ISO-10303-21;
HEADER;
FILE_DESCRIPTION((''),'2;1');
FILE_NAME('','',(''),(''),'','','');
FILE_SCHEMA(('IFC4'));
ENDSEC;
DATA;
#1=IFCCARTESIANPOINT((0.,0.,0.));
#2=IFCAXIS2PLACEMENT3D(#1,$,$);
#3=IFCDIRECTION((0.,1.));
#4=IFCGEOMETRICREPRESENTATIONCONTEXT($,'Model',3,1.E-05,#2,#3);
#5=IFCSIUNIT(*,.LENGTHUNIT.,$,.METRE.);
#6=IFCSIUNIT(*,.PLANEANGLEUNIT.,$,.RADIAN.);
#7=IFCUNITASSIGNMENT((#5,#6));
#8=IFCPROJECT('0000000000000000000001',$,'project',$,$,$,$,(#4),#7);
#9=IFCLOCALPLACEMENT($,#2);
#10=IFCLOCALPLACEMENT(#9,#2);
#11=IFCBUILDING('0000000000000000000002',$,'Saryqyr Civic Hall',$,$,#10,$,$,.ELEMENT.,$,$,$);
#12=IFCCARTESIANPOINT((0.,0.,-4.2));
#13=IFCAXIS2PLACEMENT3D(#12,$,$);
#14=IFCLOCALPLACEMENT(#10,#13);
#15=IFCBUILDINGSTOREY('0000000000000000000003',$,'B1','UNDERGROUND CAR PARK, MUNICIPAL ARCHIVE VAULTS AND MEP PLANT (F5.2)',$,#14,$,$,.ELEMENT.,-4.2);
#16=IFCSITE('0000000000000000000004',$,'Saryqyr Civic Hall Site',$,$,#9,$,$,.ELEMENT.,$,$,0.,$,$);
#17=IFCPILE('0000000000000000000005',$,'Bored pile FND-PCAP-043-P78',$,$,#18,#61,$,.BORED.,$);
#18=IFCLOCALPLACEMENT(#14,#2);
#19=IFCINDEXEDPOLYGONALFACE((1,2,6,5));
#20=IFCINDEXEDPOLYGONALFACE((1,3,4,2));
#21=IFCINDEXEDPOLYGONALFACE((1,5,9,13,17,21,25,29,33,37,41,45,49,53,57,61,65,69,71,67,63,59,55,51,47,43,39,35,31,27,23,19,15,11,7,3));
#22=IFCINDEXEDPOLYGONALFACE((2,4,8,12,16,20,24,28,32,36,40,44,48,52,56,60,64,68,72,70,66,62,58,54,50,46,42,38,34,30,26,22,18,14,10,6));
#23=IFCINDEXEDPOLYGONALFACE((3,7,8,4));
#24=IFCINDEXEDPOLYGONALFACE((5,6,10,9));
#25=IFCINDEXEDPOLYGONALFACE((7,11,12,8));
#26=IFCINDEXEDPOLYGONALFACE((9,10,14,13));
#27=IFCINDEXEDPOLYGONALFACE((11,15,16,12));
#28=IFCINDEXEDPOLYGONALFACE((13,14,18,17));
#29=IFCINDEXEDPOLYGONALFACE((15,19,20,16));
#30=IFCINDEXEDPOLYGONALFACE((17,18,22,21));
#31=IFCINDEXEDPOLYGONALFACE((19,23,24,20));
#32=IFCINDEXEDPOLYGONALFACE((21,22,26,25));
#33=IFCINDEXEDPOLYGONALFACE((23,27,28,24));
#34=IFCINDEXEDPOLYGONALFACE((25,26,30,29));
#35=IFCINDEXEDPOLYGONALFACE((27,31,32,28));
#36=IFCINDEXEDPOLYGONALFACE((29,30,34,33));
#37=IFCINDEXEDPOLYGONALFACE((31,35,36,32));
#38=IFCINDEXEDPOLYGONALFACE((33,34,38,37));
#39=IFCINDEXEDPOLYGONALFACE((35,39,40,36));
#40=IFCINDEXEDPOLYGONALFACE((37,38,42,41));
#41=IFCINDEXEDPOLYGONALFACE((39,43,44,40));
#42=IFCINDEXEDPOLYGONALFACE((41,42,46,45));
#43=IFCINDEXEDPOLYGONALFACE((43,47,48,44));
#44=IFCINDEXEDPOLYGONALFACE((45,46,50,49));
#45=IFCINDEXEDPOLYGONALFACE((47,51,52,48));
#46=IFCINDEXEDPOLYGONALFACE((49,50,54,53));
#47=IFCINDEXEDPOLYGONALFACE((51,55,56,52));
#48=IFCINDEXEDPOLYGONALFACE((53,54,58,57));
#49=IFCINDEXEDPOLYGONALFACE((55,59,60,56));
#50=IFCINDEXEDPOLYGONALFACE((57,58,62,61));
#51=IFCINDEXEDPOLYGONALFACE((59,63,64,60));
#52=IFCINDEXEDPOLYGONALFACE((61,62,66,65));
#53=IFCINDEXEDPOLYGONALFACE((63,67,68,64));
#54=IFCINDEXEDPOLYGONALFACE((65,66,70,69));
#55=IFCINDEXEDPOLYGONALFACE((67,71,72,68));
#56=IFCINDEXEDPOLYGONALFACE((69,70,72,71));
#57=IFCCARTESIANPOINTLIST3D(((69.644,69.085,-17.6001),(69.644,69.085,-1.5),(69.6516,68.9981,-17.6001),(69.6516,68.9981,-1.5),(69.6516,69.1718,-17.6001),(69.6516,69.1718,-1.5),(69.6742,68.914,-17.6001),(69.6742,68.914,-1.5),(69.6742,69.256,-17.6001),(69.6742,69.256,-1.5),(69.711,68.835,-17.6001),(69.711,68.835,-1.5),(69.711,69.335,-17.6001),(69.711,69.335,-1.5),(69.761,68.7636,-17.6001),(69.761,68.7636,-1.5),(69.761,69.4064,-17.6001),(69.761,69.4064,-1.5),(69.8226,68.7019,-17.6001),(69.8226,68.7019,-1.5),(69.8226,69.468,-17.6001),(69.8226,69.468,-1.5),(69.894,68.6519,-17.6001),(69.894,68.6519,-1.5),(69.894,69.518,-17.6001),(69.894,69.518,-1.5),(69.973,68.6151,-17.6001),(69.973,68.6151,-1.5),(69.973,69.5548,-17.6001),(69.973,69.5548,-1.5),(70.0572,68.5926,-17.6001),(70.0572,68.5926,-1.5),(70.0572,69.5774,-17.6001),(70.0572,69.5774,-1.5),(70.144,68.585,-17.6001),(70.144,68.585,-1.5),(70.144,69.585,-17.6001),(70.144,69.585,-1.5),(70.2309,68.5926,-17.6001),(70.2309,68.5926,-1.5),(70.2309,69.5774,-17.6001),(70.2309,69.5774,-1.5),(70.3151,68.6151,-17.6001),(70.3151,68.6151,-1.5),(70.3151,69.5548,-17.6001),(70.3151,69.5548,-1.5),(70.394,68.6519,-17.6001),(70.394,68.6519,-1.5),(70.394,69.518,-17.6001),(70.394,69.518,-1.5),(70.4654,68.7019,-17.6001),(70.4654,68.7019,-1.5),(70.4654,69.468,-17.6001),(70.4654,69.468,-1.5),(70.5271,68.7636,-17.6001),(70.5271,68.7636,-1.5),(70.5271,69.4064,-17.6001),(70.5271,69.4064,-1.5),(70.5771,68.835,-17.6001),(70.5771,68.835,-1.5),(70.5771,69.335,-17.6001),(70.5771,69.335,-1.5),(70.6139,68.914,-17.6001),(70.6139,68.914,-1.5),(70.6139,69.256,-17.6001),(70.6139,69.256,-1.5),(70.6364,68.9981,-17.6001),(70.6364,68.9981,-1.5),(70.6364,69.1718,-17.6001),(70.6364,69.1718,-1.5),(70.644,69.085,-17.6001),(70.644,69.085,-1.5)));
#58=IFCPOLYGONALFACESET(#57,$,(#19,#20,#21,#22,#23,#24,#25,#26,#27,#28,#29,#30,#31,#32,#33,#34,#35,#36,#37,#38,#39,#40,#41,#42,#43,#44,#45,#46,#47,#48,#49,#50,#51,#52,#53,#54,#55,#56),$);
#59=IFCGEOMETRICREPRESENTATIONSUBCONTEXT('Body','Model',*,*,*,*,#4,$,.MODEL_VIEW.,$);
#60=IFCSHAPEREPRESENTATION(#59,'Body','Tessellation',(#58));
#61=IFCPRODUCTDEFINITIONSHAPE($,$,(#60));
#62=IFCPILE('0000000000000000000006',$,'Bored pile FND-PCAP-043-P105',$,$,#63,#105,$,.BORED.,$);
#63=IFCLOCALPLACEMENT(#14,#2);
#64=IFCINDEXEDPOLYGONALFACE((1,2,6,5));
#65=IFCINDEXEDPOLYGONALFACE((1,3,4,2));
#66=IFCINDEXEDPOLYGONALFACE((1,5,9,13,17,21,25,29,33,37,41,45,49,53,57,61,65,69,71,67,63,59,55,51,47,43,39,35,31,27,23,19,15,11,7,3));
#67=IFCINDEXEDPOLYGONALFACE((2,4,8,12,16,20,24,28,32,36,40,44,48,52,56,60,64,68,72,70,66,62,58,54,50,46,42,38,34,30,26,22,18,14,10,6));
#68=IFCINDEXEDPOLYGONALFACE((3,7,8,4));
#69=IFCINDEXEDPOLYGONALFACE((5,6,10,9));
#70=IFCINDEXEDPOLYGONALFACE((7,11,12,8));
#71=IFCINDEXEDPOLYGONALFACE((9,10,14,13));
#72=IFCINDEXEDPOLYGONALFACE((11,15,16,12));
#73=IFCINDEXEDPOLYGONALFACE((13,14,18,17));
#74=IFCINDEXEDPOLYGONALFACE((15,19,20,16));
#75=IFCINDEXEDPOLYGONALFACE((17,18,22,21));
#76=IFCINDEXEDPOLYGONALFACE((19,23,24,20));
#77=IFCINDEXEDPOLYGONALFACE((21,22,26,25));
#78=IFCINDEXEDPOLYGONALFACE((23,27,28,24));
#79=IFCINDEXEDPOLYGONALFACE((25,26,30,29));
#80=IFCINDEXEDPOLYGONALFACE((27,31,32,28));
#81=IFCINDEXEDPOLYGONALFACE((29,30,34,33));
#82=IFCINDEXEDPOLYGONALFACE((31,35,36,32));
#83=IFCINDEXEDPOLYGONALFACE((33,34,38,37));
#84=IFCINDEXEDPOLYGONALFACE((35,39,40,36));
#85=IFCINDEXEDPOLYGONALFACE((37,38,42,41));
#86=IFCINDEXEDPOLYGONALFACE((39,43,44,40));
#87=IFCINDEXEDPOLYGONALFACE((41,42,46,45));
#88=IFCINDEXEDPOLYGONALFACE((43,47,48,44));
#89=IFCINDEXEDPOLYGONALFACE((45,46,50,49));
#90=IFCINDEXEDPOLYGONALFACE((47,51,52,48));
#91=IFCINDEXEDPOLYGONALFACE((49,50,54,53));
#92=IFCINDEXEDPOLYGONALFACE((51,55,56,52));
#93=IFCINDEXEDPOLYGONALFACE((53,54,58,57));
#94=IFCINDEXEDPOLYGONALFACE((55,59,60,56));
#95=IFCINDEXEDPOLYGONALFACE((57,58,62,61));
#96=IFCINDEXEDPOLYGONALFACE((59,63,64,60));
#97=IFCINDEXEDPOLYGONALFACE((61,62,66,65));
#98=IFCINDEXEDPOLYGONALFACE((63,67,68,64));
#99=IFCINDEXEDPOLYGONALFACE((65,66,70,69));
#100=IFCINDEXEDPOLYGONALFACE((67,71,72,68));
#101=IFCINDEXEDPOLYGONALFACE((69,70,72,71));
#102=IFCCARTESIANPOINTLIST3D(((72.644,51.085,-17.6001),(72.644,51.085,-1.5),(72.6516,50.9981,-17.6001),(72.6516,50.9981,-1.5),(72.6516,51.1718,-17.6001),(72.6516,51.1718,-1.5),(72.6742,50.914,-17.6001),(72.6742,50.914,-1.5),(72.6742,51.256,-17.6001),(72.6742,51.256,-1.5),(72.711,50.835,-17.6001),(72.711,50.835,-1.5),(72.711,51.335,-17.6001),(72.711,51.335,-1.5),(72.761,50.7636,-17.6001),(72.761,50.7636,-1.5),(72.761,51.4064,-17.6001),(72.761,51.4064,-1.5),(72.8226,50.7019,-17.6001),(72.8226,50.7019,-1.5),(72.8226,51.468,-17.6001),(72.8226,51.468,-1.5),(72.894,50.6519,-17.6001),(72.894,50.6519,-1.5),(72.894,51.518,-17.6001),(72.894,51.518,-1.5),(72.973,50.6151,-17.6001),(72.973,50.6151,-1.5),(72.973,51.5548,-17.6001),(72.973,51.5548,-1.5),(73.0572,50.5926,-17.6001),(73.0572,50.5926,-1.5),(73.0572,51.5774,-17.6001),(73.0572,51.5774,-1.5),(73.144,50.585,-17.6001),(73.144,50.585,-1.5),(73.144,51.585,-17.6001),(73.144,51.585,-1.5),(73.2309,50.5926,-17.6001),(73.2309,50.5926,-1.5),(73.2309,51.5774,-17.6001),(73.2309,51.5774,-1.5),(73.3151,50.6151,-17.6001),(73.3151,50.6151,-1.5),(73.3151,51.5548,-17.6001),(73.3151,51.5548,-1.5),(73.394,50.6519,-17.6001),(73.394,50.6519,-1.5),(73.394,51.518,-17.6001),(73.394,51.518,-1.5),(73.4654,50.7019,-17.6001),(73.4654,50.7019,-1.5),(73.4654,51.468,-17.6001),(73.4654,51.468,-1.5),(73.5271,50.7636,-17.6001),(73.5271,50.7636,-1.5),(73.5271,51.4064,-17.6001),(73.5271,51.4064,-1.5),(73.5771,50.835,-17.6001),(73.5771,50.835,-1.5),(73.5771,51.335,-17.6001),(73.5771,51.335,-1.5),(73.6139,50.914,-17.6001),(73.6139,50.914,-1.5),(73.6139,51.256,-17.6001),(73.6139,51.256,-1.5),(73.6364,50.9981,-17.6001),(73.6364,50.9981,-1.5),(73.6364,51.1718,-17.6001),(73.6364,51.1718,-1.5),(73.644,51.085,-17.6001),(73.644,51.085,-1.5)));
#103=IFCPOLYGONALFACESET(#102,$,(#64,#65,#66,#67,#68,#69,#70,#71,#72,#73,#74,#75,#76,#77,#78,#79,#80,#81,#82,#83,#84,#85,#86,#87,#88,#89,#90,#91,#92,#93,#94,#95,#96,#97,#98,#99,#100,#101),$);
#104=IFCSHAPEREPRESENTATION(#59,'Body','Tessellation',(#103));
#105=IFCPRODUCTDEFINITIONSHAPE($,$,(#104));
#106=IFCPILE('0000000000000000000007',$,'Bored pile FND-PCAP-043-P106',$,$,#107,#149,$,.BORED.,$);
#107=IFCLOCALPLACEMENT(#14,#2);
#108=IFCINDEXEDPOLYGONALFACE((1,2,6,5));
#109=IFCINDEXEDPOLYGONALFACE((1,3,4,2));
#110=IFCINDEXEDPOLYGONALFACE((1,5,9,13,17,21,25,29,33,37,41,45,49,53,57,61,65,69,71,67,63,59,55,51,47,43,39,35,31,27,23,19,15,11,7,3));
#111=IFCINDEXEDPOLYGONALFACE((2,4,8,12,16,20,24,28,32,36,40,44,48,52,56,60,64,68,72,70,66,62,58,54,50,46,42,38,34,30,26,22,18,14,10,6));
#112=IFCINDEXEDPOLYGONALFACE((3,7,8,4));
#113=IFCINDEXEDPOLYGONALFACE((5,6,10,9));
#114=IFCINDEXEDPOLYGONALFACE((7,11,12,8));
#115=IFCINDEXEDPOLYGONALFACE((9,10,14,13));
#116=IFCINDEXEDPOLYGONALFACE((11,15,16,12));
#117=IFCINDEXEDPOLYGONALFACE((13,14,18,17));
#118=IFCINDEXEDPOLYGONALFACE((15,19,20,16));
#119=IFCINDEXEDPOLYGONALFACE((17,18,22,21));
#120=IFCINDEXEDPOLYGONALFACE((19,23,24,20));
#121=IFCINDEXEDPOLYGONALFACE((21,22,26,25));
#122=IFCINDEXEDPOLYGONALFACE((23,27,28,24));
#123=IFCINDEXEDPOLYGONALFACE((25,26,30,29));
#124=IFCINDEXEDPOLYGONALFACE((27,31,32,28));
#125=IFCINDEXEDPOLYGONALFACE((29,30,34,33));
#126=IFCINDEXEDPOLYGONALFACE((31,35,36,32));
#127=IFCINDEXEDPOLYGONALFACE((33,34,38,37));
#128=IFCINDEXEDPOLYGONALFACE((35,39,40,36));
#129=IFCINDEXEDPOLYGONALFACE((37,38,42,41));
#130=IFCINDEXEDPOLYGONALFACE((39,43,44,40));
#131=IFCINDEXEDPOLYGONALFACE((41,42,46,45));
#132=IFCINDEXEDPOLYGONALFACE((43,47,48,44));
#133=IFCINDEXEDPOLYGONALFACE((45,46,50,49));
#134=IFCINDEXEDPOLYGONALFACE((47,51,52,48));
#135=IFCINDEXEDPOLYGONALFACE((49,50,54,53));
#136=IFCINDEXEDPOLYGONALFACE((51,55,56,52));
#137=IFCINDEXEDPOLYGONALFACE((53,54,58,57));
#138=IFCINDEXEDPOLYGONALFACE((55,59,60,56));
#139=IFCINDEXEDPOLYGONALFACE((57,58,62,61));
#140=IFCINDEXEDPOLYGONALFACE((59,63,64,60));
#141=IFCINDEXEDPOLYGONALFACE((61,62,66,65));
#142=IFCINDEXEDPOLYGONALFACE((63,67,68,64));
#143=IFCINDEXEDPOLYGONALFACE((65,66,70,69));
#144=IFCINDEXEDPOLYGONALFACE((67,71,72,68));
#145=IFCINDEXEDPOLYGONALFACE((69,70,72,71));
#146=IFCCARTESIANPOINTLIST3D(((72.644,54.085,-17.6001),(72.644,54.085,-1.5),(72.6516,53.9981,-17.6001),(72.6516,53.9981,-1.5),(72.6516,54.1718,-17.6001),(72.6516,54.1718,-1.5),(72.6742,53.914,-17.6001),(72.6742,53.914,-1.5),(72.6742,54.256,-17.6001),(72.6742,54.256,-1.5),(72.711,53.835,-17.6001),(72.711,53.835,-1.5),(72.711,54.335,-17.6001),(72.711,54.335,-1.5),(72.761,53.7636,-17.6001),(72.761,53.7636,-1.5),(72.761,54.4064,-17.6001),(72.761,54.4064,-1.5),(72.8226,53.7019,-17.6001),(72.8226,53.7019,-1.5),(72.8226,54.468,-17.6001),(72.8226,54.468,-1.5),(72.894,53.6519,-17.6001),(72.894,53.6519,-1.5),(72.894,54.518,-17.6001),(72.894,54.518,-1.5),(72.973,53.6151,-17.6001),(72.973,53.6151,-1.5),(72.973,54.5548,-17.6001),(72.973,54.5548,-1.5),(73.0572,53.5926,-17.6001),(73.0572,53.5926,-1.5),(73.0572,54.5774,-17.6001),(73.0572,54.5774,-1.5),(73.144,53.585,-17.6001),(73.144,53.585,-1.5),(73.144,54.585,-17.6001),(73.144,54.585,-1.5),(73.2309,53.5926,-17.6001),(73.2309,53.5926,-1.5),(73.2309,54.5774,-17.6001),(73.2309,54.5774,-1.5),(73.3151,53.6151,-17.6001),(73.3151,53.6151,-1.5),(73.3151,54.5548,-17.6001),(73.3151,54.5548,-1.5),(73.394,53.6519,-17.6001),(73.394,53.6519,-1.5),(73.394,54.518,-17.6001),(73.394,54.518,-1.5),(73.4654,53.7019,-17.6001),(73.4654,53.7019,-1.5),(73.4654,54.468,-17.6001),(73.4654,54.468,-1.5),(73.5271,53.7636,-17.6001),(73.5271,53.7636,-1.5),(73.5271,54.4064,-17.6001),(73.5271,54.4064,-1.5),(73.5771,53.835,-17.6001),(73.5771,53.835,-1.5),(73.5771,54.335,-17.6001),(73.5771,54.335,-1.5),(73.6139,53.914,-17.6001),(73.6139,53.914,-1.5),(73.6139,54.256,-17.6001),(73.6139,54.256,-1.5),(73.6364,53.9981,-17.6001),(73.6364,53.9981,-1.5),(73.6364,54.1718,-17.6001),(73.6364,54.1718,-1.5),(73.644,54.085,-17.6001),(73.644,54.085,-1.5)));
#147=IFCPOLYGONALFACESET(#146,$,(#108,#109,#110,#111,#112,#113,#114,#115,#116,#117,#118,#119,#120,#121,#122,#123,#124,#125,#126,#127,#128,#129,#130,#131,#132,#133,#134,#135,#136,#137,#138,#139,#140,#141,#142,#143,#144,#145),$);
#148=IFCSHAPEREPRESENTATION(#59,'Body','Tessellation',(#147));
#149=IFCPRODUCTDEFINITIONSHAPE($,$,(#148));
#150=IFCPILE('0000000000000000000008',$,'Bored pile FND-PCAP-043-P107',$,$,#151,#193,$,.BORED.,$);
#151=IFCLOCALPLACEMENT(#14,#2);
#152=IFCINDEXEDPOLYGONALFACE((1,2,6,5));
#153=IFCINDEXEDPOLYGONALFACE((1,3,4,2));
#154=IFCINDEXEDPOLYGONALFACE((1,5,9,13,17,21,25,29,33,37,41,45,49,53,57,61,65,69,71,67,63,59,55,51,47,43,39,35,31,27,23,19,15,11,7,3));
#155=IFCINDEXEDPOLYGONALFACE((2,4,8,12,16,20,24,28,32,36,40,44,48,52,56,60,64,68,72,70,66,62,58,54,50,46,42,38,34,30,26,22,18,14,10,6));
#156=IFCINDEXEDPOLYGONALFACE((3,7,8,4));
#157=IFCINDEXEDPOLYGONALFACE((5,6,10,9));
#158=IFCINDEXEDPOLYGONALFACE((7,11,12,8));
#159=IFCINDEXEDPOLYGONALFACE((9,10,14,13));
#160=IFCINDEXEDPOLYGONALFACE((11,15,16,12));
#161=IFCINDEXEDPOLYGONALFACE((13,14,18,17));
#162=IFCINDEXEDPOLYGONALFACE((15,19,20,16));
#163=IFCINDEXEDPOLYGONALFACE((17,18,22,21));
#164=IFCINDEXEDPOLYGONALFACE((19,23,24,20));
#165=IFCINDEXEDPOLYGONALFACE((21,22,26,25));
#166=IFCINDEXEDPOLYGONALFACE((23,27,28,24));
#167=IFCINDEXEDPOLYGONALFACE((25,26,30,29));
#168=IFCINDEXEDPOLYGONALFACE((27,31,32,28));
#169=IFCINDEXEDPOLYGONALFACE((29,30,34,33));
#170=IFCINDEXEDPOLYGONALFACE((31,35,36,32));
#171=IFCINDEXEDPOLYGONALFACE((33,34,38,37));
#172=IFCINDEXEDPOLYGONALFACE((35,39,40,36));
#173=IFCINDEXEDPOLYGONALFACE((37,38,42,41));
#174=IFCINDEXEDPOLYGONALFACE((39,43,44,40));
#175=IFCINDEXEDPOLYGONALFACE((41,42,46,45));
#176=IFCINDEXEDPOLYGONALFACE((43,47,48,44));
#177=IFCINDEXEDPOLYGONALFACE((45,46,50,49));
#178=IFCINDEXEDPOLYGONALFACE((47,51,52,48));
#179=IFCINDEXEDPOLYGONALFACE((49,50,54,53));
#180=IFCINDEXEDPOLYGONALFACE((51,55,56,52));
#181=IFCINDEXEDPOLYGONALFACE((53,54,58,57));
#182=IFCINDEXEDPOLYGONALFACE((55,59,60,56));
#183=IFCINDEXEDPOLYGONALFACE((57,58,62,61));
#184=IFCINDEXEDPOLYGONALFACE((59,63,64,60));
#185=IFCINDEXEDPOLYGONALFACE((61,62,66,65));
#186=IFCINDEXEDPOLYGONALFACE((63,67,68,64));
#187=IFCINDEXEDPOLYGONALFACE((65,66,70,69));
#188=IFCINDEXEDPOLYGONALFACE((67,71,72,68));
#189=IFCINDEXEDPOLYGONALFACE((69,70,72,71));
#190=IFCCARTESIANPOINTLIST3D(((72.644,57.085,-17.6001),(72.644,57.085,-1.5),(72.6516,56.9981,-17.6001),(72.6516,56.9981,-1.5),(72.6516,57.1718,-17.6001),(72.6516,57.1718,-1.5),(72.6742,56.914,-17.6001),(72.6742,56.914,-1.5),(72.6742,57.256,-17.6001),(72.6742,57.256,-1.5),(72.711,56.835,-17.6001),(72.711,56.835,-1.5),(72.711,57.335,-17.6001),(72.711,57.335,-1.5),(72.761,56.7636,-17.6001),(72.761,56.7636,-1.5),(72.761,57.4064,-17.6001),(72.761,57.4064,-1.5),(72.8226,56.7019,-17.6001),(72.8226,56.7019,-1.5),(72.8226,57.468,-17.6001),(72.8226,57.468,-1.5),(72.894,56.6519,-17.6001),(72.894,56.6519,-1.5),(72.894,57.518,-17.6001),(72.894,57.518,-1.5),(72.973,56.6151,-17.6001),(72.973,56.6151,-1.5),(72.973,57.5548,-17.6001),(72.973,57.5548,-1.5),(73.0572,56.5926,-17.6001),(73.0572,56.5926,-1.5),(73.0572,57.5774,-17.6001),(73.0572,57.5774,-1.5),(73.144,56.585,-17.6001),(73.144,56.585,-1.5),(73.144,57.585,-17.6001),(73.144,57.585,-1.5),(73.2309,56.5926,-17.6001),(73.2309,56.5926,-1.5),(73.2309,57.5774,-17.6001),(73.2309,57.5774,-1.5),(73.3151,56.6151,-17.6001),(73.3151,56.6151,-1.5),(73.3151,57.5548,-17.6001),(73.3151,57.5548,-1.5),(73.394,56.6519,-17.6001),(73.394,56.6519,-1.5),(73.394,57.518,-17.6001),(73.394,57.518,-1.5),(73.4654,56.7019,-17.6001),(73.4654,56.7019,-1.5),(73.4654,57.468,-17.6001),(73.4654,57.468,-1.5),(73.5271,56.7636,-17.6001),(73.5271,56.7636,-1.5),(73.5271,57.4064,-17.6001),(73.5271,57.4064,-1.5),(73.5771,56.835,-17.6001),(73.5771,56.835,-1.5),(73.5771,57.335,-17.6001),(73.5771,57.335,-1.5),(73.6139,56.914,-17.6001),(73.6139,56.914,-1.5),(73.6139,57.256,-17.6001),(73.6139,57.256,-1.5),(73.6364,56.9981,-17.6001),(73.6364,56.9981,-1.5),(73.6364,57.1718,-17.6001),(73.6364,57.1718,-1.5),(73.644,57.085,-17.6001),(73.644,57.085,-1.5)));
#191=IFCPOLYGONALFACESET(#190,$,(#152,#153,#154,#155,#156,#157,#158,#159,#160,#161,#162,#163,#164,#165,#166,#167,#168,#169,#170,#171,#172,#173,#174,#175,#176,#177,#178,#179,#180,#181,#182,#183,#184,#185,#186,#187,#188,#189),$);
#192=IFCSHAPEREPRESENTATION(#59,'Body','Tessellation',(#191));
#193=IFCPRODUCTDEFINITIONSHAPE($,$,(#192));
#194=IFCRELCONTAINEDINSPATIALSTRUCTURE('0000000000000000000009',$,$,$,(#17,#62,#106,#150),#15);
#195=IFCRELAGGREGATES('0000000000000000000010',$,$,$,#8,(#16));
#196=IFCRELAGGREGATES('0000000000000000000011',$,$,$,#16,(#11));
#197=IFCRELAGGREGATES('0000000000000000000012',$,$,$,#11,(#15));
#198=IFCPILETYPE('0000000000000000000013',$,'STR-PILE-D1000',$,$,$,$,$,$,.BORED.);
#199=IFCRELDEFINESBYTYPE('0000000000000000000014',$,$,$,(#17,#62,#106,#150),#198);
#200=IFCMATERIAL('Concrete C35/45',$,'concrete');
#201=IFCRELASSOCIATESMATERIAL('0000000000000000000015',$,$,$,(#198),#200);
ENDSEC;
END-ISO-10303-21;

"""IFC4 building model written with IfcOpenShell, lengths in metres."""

from ifc_helpers import new_model, si_unit, direction, frame, origin, origin_2d, place, context, subcontext, project, spatial, circle, extrude, material, material_profile, profile_set, type_object, element, save


model = new_model("IFC4")

# Units and contexts
model_context = context("Model", 3, precision=1e-05, world=origin(), true_north=direction((0.0, 1.0)))
body_context = subcontext(model_context, "Body", "Model", "MODEL_VIEW")
ifc_project = project(units=[si_unit("LENGTHUNIT", "METRE"), si_unit("PLANEANGLEUNIT", "RADIAN")], contexts=[model_context])

# Site, building, storey
site_placement = place(None, origin())
site = spatial("IfcSite", under=ifc_project, at=site_placement, Name="Saryqyr Civic Hall Site", CompositionType="ELEMENT", RefElevation=0.0)
building_placement = place(site_placement, origin())
building = spatial("IfcBuilding", under=site, at=building_placement, Name="Saryqyr Civic Hall", CompositionType="ELEMENT")
storey_placement = place(building_placement, frame((0.0, 0.0, -4.2)))
storey = spatial("IfcBuildingStorey", under=building, at=storey_placement, Name="B1", Description="UNDERGROUND CAR PARK, MUNICIPAL ARCHIVE VAULTS AND MEP PLANT (F5.2)", CompositionType="ELEMENT", Elevation=-4.2)

# Piles
ifc_material_1 = material(Name="Concrete C35/45", Category="concrete")
ifc_material_profile_1 = material_profile(ifc_material_1, circle(Radius=0.5, at=origin_2d()), Name="BORED PILE D1000")
ifc_profile_set_1 = profile_set([ifc_material_profile_1], Name="Concrete C35/45")
pile_type = type_object("IfcPileType", Name="STR-PILE-D1000", PredefinedType="BORED", material=ifc_profile_set_1)
for number, where, z_axis, x_axis, name in (
    (1, (70.144, 69.085, -1.5), (0.0, 0.0, -1.0), (1.0, 0.0, 0.0), "Bored pile FND-PCAP-043-P78"),
    (2, (73.144, 51.085, -1.5), (0.0, 0.0, -1.0), (1.0, 0.0, 0.0), "Bored pile FND-PCAP-043-P105"),
    (3, (73.144, 54.085, -1.5), (0.0, 0.0, -1.0), (1.0, 0.0, 0.0), "Bored pile FND-PCAP-043-P106"),
    (4, (73.144, 57.085, -1.5), (0.0, 0.0, -1.0), (1.0, 0.0, 0.0), "Bored pile FND-PCAP-043-P107"),
):
    element("IfcPile", number, at=place(storey_placement, frame(where, z_axis=z_axis, x_axis=x_axis)), inside=storey, type_object=pile_type, Name=name, PredefinedType="BORED", context=body_context, shape_type="SweptSolid", body=[
        extrude(circle(Radius=0.5, at=origin_2d()), origin(), (0.0, 0.0, 1.0), 16.1001),
    ])

save(model, "model.ifc")
